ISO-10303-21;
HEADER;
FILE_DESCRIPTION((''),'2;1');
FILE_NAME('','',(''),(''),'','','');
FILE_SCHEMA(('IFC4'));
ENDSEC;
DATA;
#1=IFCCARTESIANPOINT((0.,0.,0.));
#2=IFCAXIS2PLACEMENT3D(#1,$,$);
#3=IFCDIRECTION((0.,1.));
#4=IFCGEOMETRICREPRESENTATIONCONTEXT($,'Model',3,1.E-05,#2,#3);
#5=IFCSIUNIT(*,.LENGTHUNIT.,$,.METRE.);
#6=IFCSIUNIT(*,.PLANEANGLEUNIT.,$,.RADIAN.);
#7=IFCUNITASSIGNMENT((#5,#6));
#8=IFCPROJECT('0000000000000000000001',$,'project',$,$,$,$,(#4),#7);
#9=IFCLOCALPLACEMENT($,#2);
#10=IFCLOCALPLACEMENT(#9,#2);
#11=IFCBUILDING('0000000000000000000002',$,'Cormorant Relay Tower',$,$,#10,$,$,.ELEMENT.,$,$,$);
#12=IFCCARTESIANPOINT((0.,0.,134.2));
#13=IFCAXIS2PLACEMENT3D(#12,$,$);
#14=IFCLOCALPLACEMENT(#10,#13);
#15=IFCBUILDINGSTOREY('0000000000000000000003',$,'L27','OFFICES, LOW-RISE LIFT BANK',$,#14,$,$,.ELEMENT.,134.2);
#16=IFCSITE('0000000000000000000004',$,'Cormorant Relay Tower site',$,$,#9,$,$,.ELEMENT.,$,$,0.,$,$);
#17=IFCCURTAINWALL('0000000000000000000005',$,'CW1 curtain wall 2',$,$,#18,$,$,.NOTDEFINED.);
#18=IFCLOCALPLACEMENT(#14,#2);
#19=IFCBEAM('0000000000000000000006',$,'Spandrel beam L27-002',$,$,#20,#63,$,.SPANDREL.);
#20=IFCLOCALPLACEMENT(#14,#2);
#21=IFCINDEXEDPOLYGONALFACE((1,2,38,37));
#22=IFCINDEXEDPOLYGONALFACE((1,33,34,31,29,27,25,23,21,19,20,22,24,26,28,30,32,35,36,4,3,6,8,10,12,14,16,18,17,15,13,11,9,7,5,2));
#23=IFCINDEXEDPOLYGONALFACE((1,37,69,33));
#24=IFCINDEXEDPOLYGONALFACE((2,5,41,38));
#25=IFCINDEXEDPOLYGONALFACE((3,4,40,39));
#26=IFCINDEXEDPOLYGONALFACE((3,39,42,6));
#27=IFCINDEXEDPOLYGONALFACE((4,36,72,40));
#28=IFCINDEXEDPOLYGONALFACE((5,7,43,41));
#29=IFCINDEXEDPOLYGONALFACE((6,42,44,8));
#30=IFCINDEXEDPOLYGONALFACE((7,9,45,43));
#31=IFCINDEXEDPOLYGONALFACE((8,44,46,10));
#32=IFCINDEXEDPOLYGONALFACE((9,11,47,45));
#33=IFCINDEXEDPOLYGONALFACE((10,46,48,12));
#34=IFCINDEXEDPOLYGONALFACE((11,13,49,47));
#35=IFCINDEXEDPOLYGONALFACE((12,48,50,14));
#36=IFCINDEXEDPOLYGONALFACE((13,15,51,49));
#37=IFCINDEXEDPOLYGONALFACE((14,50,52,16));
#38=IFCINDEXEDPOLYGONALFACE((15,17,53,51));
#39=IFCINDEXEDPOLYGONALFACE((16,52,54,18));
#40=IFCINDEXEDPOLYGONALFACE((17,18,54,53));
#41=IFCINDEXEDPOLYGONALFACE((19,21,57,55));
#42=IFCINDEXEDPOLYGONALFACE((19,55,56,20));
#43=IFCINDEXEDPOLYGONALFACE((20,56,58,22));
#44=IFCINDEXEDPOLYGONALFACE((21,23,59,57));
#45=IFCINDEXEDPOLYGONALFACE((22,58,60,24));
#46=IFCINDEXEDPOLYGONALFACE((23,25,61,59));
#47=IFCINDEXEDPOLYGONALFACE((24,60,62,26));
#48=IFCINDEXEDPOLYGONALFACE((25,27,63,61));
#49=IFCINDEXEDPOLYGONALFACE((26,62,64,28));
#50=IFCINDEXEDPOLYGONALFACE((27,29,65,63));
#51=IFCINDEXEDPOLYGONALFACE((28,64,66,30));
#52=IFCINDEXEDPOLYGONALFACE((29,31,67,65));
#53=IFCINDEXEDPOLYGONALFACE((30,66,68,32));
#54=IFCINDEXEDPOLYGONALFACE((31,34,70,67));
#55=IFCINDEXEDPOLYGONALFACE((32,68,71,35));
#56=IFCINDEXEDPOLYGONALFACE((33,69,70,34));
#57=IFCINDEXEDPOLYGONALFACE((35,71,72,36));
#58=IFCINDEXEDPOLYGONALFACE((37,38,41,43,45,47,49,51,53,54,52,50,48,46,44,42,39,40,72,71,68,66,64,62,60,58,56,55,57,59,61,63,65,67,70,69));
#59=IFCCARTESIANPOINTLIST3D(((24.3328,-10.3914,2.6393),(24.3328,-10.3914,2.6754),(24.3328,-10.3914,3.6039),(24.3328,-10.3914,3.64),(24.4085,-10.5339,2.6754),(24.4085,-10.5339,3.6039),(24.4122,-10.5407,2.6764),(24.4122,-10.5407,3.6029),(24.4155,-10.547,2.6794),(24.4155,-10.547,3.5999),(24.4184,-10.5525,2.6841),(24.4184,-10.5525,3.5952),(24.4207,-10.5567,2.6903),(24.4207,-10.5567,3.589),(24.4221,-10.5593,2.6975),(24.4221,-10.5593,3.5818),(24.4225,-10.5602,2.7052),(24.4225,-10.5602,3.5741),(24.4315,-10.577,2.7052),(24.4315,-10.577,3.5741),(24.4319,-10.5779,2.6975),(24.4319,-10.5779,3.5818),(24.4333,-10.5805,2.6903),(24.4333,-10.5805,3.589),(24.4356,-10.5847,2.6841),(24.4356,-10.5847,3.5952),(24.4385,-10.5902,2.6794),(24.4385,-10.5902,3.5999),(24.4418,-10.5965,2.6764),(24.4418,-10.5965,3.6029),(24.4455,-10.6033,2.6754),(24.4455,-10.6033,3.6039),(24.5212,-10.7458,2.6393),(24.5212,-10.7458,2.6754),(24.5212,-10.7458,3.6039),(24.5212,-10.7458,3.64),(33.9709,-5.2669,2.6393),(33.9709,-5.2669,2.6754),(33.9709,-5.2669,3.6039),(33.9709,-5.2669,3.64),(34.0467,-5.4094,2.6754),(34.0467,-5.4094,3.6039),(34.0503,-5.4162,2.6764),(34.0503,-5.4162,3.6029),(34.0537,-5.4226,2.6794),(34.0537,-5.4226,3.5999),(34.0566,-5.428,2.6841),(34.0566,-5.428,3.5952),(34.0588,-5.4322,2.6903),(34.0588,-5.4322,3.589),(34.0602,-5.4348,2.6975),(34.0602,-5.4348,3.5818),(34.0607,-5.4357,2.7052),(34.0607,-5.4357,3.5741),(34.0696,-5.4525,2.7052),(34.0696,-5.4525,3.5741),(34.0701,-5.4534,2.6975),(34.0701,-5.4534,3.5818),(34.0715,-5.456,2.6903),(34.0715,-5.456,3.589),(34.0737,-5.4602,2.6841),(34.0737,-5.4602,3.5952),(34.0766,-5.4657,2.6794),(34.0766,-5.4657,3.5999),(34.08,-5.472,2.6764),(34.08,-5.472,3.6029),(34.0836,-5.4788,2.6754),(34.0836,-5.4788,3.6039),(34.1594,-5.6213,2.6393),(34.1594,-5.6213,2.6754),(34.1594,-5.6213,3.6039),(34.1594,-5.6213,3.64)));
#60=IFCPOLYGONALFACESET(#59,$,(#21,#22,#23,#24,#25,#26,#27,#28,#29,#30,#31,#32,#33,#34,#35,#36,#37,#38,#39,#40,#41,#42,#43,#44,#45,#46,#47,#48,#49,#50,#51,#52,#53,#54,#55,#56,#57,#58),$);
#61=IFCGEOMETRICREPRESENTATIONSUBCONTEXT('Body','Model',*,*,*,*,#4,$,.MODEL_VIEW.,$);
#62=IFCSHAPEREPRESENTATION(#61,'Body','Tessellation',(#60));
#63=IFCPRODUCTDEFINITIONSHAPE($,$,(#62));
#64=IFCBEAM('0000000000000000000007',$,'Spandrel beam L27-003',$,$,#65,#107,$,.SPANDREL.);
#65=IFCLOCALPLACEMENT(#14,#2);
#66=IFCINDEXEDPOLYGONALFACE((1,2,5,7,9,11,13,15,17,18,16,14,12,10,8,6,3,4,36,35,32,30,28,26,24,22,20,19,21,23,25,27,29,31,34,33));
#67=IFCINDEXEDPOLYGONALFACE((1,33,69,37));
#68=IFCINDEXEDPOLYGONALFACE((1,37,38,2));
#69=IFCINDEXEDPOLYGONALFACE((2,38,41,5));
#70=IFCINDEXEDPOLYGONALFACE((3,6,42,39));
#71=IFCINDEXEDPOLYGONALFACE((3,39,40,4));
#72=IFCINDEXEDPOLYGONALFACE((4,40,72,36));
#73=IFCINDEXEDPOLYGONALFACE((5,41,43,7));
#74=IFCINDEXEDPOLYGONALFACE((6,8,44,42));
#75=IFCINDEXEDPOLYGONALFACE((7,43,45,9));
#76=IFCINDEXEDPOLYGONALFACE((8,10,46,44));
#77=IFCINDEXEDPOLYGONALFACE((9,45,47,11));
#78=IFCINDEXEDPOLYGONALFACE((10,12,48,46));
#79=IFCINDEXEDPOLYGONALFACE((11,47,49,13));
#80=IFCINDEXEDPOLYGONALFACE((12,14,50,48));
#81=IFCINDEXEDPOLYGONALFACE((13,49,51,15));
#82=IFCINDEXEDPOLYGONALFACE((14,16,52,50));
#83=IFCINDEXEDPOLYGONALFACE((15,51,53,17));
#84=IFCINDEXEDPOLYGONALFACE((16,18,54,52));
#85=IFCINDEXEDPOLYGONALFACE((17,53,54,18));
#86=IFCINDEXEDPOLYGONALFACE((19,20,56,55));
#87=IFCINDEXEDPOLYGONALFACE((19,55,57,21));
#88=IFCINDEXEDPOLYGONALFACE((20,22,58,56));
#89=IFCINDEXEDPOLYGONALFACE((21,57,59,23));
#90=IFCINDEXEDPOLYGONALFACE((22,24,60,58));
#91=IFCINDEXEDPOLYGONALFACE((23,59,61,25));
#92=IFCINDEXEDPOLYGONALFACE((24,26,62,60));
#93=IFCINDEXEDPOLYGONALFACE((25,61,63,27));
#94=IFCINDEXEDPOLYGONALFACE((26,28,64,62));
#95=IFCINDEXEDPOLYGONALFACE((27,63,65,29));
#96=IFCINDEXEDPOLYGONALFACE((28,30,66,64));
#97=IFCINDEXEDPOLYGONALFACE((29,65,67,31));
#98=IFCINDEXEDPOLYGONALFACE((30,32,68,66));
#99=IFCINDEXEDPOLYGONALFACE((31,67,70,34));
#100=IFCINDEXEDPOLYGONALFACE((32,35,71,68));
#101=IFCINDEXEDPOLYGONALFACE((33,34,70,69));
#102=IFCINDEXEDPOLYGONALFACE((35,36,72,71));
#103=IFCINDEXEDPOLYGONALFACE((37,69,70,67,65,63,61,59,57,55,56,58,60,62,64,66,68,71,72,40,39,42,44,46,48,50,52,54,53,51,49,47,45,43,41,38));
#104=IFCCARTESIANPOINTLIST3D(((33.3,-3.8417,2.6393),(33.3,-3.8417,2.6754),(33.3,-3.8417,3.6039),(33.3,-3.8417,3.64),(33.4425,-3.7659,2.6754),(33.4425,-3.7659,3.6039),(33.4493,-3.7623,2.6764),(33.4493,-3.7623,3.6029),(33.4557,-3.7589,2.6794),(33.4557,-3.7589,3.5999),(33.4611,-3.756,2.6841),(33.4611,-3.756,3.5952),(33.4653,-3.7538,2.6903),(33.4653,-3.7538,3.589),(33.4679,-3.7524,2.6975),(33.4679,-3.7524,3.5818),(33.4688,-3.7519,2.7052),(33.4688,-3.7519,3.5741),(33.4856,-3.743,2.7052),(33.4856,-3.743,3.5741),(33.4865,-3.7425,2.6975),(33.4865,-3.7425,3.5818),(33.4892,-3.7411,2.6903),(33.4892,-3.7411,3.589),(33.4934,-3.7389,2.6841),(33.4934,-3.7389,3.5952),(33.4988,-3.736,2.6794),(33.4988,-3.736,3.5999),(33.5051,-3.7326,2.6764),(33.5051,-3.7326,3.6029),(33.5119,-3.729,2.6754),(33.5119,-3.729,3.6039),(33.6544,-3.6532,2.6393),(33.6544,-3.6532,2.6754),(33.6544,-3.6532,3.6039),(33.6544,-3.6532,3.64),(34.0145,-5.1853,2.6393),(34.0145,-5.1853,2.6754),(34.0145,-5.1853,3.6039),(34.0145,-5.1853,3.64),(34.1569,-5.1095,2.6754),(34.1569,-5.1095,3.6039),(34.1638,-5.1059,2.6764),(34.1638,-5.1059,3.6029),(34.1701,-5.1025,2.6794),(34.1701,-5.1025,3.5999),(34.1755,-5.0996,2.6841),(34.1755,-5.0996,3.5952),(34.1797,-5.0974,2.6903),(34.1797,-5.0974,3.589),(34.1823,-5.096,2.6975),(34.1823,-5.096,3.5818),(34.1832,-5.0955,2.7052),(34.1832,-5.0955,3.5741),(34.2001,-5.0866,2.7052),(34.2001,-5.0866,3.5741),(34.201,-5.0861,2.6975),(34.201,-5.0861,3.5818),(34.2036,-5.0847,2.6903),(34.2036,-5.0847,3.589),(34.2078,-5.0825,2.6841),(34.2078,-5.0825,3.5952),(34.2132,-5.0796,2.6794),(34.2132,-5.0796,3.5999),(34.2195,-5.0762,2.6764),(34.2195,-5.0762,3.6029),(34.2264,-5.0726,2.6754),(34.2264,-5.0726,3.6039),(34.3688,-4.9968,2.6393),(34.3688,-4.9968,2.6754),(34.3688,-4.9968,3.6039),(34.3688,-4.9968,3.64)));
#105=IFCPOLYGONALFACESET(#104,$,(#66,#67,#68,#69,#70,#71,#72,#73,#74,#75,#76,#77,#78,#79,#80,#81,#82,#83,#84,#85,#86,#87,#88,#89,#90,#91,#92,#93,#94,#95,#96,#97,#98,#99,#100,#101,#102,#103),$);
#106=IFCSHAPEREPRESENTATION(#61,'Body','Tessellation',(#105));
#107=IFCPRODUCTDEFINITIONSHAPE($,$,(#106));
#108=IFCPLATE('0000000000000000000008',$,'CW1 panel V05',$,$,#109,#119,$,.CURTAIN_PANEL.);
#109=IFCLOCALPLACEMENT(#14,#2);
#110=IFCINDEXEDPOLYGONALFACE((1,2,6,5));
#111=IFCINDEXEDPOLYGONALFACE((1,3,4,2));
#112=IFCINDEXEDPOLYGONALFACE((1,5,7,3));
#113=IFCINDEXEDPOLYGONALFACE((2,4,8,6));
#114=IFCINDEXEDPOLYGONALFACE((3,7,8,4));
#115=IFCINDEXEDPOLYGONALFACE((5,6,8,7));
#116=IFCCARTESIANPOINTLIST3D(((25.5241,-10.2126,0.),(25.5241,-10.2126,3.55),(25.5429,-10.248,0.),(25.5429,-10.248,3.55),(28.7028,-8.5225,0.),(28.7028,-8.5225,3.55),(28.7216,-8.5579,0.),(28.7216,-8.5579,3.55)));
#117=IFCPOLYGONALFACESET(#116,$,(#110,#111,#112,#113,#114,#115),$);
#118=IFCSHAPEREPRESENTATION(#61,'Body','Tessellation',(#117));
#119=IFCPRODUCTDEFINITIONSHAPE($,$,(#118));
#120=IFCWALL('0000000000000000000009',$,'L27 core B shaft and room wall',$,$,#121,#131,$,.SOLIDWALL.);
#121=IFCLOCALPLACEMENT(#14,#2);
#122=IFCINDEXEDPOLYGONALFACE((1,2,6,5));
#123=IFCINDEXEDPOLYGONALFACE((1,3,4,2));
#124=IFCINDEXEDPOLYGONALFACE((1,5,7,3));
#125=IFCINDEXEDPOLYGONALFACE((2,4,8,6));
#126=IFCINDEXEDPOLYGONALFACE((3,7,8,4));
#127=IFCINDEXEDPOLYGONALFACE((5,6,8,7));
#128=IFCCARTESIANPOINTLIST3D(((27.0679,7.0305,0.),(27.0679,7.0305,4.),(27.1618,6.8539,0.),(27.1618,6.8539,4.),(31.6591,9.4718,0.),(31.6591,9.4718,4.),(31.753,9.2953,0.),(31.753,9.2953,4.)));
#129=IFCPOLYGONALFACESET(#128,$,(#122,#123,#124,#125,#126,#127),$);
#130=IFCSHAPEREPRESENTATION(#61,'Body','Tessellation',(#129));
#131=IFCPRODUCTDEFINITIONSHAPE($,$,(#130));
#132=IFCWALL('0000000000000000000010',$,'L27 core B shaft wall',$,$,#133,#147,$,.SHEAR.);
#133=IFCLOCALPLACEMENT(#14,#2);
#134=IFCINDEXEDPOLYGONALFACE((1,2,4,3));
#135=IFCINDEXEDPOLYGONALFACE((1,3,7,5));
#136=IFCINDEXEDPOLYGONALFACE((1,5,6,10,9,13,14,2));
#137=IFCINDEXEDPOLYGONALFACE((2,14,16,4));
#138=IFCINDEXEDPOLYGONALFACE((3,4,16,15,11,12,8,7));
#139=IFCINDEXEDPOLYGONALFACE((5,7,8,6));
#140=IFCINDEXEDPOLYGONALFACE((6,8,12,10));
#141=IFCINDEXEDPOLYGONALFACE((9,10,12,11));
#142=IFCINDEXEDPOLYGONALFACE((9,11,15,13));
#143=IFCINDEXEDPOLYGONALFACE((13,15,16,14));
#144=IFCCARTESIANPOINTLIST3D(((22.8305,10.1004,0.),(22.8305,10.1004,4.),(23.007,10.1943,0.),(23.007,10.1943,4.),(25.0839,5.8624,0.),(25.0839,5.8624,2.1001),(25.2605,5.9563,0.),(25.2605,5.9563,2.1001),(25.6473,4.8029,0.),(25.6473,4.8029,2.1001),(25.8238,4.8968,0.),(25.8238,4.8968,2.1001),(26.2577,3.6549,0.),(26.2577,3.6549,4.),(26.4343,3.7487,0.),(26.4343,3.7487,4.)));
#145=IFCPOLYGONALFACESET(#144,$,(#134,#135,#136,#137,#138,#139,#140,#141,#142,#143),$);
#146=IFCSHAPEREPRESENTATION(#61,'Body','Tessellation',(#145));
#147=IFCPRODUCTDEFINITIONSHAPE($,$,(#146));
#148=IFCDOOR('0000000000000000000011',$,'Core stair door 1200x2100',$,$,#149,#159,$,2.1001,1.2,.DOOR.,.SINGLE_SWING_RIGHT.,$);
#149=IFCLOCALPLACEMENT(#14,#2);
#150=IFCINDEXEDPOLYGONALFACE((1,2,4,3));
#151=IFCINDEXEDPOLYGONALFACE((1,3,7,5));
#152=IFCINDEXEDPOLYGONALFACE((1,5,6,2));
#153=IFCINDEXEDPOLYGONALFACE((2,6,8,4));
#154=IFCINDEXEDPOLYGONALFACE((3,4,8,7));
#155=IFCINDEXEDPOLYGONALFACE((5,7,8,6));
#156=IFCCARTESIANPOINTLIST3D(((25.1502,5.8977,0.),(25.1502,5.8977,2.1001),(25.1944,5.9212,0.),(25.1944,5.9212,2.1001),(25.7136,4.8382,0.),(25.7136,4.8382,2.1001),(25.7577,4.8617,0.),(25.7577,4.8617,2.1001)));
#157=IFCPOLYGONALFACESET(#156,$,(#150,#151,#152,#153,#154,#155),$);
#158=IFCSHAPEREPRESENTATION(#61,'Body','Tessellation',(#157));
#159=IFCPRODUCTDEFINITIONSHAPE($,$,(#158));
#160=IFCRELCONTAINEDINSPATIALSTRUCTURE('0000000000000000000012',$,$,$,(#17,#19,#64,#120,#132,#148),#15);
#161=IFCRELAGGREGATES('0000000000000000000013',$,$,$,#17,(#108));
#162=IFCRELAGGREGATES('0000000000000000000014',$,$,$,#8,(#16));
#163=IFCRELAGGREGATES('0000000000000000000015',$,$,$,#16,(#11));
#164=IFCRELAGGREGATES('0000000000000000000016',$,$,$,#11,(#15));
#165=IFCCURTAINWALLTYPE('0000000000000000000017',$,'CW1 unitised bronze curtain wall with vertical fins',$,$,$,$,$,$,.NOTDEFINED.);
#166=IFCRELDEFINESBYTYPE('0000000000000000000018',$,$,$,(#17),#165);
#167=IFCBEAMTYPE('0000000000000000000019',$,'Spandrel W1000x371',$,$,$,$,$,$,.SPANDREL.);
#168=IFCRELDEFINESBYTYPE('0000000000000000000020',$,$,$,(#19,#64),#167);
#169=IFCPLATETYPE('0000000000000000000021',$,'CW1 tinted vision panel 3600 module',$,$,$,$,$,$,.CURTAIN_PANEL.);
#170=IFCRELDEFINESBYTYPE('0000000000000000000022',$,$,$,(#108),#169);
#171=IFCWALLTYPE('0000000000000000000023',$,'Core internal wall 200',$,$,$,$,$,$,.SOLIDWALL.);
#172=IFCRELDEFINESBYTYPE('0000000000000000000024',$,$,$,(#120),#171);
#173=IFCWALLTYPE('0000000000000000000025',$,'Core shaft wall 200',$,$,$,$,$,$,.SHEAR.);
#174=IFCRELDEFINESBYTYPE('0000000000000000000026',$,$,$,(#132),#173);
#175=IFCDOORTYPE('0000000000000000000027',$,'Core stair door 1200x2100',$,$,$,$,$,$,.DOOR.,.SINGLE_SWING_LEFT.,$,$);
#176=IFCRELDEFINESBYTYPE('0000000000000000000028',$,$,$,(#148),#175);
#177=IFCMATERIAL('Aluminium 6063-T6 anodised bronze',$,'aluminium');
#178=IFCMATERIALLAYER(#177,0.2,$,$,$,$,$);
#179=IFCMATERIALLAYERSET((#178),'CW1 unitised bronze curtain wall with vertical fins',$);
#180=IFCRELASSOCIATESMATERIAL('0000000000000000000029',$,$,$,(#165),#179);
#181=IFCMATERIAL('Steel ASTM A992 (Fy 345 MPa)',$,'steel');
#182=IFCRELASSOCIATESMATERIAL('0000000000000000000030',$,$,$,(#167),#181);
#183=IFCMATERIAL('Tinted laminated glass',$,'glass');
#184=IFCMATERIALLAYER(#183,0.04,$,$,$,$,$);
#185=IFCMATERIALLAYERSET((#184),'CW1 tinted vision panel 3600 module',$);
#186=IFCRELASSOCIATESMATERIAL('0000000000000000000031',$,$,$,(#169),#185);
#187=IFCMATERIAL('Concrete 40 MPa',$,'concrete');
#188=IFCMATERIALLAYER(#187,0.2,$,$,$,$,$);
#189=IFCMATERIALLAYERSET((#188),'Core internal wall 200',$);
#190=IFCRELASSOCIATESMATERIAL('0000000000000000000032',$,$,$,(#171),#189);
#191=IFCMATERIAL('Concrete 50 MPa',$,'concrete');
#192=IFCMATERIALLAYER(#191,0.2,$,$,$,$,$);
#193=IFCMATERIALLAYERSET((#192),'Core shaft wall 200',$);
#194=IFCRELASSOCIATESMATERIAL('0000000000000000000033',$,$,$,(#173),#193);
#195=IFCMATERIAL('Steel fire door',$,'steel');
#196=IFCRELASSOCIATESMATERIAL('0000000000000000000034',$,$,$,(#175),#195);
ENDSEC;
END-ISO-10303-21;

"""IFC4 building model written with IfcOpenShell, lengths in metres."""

from ifc_helpers import new_model, si_unit, direction, frame, frame_2d, origin, origin_2d, place, context, subcontext, project, spatial, rectangle, i_section, extrude, material, layer, layer_set, material_profile, profile_set, type_object, element, fill, aggregate, save


model = new_model("IFC4")

# Units and contexts
model_context = context("Model", 3, precision=1e-05, world=origin(), true_north=direction((0.0, 1.0)))
body_context = subcontext(model_context, "Body", "Model", "MODEL_VIEW")
ifc_project = project(units=[si_unit("LENGTHUNIT", "METRE"), si_unit("PLANEANGLEUNIT", "RADIAN")], contexts=[model_context])

# Site, building, storey
site_placement = place(None, origin())
site = spatial("IfcSite", under=ifc_project, at=site_placement, Name="Cormorant Relay Tower site", CompositionType="ELEMENT", RefElevation=0.0)
building_placement = place(site_placement, origin())
building = spatial("IfcBuilding", under=site, at=building_placement, Name="Cormorant Relay Tower", CompositionType="ELEMENT")
storey_placement = place(building_placement, frame((0.0, 0.0, 134.2)))
storey = spatial("IfcBuildingStorey", under=building, at=storey_placement, Name="L27", Description="OFFICES, LOW-RISE LIFT BANK", CompositionType="ELEMENT", Elevation=134.2)

# Curtain wall
ifc_material_1 = material(Name="Aluminium 6063-T6 anodised bronze", Category="aluminium")
ifc_layer_1 = layer(ifc_material_1, 0.2)
ifc_layer_set_1 = layer_set([ifc_layer_1], Name="CW1 unitised bronze curtain wall with vertical fins")
curtain_wall_type = type_object("IfcCurtainWallType", Name="CW1 unitised bronze curtain wall with vertical fins", PredefinedType="NOTDEFINED", material=ifc_layer_set_1)
curtain_wall_1_placement = place(storey_placement, origin())
curtain_wall_1 = element("IfcCurtainWall", 1, at=curtain_wall_1_placement, inside=storey, type_object=curtain_wall_type, Name="CW1 curtain wall 2", PredefinedType="NOTDEFINED")

# Beams
ifc_material_2 = material(Name="Steel ASTM A992 (Fy 345 MPa)", Category="steel")
ifc_material_profile_1 = material_profile(ifc_material_2, i_section(OverallWidth=0.4014, OverallDepth=1.0007, WebThickness=0.019, FlangeThickness=0.0361, FilletRadius=0.0298, at=origin_2d()), Name="W1000x371")
ifc_profile_set_1 = profile_set([ifc_material_profile_1], Name="Steel ASTM A992 (Fy 345 MPa)")
beam_type = type_object("IfcBeamType", Name="Spandrel W1000x371", PredefinedType="SPANDREL", material=ifc_profile_set_1)
beam_1_placement = place(storey_placement, frame((24.427, -10.5686, 3.1396), z_axis=(0.882955, 0.469457, 0.0), x_axis=(-0.469457, 0.882955, 0.0)))
element("IfcBeam", 2, at=beam_1_placement, inside=storey, type_object=beam_type, Name="Spandrel beam L27-002", PredefinedType="SPANDREL", context=body_context, shape_type="SweptSolid", body=[
    extrude(i_section(OverallWidth=0.4014, OverallDepth=1.0007, WebThickness=0.019, FlangeThickness=0.0361, FilletRadius=0.0298, at=origin_2d()), origin(), (0.0, 0.0, 1.0), 10.9158),
])
beam_2_placement = place(storey_placement, frame((34.1917, -5.0911, 3.1396), z_axis=(-0.469472, 0.882947, 0.0), x_axis=(-0.882947, -0.469472, 0.0)))
element("IfcBeam", 3, at=beam_2_placement, inside=storey, type_object=beam_type, Name="Spandrel beam L27-003", PredefinedType="SPANDREL", context=body_context, shape_type="SweptSolid", body=[
    extrude(i_section(OverallWidth=0.4014, OverallDepth=1.0007, WebThickness=0.019, FlangeThickness=0.0361, FilletRadius=0.0298, at=origin_2d()), origin(), (0.0, 0.0, 1.0), 1.5217),
])

# Plate
ifc_material_3 = material(Name="Tinted laminated glass", Category="glass")
ifc_layer_2 = layer(ifc_material_3, 0.04)
ifc_layer_set_2 = layer_set([ifc_layer_2], Name="CW1 tinted vision panel 3600 module")
plate_type = type_object("IfcPlateType", Name="CW1 tinted vision panel 3600 module", PredefinedType="CURTAIN_PANEL", material=ifc_layer_set_2)
plate_placement = place(storey_placement, frame((27.1228, -9.3853, 0.0), z_axis=(0.0, 0.0, 1.0), x_axis=(0.882948, 0.469472, 0.0)))
plate = element("IfcPlate", 4, at=plate_placement, type_object=plate_type, Name="CW1 panel V05", PredefinedType="CURTAIN_PANEL", context=body_context, shape_type="SweptSolid", body=[
    extrude(rectangle(XDim=3.6001, YDim=0.04, at=origin_2d()), origin(), (0.0, 0.0, 1.0), 3.55),
])

# Wall
ifc_material_4 = material(Name="Concrete 40 MPa", Category="concrete")
ifc_layer_3 = layer(ifc_material_4, 0.2)
ifc_layer_set_3 = layer_set([ifc_layer_3], Name="Core internal wall 200")
wall_type_1 = type_object("IfcWallType", Name="Core internal wall 200", PredefinedType="SOLIDWALL", material=ifc_layer_set_3)
wall_1_placement = place(storey_placement, frame((27.1147, 6.9421, 0.0), z_axis=(0.0, 0.0, 1.0), x_axis=(0.882935, 0.469496, 0.0)))
element("IfcWall", 5, at=wall_1_placement, inside=storey, type_object=wall_type_1, Name="L27 core B shaft and room wall", PredefinedType="SOLIDWALL", context=body_context, shape_type="SweptSolid", body=[
    extrude(rectangle(XDim=5.2, YDim=0.2, at=frame_2d((2.6001, 0.0))), origin(), (0.0, 0.0, 1.0), 4.0),
])

# Wall, opening, door
ifc_material_5 = material(Name="Concrete 50 MPa", Category="concrete")
ifc_layer_4 = layer(ifc_material_5, 0.2)
ifc_layer_set_4 = layer_set([ifc_layer_4], Name="Core shaft wall 200")
wall_type_2 = type_object("IfcWallType", Name="Core shaft wall 200", PredefinedType="SHEAR", material=ifc_layer_set_4)
wall_2_placement = place(storey_placement, frame((26.3459, 3.7019, 0.0), z_axis=(0.0, 0.0, 1.0), x_axis=(-0.46948, 0.882943, 0.0)))
wall_2 = element("IfcWall", 6, at=wall_2_placement, inside=storey, type_object=wall_type_2, Name="L27 core B shaft wall", PredefinedType="SHEAR", context=body_context, shape_type="SweptSolid", body=[
    extrude(rectangle(XDim=7.3, YDim=0.2, at=frame_2d((3.6499, 0.0))), origin(), (0.0, 0.0, 1.0), 4.0),
])
opening_1_placement = place(wall_2_placement, frame((1.3, 0.0, 0.0)))
opening_1 = element("IfcOpeningElement", 7, at=opening_1_placement, cuts=wall_2, PredefinedType="OPENING", context=body_context, shape_type="SweptSolid", body=[
    extrude(rectangle(XDim=1.2, YDim=2.1001, at=frame_2d((0.6001, 1.05))), frame((0.0, 0.1099, 0.0), z_axis=(0.0, -1.0, 0.0), x_axis=(1.0, 0.0, 0.0)), (0.0, 0.0, 1.0), 0.22),
])
ifc_material_6 = material(Name="Steel fire door", Category="steel")
door_type_1 = type_object("IfcDoorType", Name="Core stair door 1200x2100", OperationType="SINGLE_SWING_LEFT", PredefinedType="DOOR", material=ifc_material_6)
door_1_placement = place(opening_1_placement, origin())
door_1 = element("IfcDoor", 8, at=door_1_placement, inside=storey, type_object=door_type_1, Name="Core stair door 1200x2100", OperationType="SINGLE_SWING_RIGHT", OverallHeight=2.1001, OverallWidth=1.2, PredefinedType="DOOR", context=body_context, shape_type="SweptSolid", body=[
    extrude(rectangle(XDim=1.2, YDim=2.1001, at=frame_2d((0.6001, 1.05))), frame((0.0, 0.0249, 0.0), z_axis=(0.0, -1.0, 0.0), x_axis=(1.0, 0.0, 0.0)), (0.0, 0.0, 1.0), 0.05),
])
fill(opening_1, door_1)

aggregate(curtain_wall_1, [plate])

save(model, "model.ifc")
